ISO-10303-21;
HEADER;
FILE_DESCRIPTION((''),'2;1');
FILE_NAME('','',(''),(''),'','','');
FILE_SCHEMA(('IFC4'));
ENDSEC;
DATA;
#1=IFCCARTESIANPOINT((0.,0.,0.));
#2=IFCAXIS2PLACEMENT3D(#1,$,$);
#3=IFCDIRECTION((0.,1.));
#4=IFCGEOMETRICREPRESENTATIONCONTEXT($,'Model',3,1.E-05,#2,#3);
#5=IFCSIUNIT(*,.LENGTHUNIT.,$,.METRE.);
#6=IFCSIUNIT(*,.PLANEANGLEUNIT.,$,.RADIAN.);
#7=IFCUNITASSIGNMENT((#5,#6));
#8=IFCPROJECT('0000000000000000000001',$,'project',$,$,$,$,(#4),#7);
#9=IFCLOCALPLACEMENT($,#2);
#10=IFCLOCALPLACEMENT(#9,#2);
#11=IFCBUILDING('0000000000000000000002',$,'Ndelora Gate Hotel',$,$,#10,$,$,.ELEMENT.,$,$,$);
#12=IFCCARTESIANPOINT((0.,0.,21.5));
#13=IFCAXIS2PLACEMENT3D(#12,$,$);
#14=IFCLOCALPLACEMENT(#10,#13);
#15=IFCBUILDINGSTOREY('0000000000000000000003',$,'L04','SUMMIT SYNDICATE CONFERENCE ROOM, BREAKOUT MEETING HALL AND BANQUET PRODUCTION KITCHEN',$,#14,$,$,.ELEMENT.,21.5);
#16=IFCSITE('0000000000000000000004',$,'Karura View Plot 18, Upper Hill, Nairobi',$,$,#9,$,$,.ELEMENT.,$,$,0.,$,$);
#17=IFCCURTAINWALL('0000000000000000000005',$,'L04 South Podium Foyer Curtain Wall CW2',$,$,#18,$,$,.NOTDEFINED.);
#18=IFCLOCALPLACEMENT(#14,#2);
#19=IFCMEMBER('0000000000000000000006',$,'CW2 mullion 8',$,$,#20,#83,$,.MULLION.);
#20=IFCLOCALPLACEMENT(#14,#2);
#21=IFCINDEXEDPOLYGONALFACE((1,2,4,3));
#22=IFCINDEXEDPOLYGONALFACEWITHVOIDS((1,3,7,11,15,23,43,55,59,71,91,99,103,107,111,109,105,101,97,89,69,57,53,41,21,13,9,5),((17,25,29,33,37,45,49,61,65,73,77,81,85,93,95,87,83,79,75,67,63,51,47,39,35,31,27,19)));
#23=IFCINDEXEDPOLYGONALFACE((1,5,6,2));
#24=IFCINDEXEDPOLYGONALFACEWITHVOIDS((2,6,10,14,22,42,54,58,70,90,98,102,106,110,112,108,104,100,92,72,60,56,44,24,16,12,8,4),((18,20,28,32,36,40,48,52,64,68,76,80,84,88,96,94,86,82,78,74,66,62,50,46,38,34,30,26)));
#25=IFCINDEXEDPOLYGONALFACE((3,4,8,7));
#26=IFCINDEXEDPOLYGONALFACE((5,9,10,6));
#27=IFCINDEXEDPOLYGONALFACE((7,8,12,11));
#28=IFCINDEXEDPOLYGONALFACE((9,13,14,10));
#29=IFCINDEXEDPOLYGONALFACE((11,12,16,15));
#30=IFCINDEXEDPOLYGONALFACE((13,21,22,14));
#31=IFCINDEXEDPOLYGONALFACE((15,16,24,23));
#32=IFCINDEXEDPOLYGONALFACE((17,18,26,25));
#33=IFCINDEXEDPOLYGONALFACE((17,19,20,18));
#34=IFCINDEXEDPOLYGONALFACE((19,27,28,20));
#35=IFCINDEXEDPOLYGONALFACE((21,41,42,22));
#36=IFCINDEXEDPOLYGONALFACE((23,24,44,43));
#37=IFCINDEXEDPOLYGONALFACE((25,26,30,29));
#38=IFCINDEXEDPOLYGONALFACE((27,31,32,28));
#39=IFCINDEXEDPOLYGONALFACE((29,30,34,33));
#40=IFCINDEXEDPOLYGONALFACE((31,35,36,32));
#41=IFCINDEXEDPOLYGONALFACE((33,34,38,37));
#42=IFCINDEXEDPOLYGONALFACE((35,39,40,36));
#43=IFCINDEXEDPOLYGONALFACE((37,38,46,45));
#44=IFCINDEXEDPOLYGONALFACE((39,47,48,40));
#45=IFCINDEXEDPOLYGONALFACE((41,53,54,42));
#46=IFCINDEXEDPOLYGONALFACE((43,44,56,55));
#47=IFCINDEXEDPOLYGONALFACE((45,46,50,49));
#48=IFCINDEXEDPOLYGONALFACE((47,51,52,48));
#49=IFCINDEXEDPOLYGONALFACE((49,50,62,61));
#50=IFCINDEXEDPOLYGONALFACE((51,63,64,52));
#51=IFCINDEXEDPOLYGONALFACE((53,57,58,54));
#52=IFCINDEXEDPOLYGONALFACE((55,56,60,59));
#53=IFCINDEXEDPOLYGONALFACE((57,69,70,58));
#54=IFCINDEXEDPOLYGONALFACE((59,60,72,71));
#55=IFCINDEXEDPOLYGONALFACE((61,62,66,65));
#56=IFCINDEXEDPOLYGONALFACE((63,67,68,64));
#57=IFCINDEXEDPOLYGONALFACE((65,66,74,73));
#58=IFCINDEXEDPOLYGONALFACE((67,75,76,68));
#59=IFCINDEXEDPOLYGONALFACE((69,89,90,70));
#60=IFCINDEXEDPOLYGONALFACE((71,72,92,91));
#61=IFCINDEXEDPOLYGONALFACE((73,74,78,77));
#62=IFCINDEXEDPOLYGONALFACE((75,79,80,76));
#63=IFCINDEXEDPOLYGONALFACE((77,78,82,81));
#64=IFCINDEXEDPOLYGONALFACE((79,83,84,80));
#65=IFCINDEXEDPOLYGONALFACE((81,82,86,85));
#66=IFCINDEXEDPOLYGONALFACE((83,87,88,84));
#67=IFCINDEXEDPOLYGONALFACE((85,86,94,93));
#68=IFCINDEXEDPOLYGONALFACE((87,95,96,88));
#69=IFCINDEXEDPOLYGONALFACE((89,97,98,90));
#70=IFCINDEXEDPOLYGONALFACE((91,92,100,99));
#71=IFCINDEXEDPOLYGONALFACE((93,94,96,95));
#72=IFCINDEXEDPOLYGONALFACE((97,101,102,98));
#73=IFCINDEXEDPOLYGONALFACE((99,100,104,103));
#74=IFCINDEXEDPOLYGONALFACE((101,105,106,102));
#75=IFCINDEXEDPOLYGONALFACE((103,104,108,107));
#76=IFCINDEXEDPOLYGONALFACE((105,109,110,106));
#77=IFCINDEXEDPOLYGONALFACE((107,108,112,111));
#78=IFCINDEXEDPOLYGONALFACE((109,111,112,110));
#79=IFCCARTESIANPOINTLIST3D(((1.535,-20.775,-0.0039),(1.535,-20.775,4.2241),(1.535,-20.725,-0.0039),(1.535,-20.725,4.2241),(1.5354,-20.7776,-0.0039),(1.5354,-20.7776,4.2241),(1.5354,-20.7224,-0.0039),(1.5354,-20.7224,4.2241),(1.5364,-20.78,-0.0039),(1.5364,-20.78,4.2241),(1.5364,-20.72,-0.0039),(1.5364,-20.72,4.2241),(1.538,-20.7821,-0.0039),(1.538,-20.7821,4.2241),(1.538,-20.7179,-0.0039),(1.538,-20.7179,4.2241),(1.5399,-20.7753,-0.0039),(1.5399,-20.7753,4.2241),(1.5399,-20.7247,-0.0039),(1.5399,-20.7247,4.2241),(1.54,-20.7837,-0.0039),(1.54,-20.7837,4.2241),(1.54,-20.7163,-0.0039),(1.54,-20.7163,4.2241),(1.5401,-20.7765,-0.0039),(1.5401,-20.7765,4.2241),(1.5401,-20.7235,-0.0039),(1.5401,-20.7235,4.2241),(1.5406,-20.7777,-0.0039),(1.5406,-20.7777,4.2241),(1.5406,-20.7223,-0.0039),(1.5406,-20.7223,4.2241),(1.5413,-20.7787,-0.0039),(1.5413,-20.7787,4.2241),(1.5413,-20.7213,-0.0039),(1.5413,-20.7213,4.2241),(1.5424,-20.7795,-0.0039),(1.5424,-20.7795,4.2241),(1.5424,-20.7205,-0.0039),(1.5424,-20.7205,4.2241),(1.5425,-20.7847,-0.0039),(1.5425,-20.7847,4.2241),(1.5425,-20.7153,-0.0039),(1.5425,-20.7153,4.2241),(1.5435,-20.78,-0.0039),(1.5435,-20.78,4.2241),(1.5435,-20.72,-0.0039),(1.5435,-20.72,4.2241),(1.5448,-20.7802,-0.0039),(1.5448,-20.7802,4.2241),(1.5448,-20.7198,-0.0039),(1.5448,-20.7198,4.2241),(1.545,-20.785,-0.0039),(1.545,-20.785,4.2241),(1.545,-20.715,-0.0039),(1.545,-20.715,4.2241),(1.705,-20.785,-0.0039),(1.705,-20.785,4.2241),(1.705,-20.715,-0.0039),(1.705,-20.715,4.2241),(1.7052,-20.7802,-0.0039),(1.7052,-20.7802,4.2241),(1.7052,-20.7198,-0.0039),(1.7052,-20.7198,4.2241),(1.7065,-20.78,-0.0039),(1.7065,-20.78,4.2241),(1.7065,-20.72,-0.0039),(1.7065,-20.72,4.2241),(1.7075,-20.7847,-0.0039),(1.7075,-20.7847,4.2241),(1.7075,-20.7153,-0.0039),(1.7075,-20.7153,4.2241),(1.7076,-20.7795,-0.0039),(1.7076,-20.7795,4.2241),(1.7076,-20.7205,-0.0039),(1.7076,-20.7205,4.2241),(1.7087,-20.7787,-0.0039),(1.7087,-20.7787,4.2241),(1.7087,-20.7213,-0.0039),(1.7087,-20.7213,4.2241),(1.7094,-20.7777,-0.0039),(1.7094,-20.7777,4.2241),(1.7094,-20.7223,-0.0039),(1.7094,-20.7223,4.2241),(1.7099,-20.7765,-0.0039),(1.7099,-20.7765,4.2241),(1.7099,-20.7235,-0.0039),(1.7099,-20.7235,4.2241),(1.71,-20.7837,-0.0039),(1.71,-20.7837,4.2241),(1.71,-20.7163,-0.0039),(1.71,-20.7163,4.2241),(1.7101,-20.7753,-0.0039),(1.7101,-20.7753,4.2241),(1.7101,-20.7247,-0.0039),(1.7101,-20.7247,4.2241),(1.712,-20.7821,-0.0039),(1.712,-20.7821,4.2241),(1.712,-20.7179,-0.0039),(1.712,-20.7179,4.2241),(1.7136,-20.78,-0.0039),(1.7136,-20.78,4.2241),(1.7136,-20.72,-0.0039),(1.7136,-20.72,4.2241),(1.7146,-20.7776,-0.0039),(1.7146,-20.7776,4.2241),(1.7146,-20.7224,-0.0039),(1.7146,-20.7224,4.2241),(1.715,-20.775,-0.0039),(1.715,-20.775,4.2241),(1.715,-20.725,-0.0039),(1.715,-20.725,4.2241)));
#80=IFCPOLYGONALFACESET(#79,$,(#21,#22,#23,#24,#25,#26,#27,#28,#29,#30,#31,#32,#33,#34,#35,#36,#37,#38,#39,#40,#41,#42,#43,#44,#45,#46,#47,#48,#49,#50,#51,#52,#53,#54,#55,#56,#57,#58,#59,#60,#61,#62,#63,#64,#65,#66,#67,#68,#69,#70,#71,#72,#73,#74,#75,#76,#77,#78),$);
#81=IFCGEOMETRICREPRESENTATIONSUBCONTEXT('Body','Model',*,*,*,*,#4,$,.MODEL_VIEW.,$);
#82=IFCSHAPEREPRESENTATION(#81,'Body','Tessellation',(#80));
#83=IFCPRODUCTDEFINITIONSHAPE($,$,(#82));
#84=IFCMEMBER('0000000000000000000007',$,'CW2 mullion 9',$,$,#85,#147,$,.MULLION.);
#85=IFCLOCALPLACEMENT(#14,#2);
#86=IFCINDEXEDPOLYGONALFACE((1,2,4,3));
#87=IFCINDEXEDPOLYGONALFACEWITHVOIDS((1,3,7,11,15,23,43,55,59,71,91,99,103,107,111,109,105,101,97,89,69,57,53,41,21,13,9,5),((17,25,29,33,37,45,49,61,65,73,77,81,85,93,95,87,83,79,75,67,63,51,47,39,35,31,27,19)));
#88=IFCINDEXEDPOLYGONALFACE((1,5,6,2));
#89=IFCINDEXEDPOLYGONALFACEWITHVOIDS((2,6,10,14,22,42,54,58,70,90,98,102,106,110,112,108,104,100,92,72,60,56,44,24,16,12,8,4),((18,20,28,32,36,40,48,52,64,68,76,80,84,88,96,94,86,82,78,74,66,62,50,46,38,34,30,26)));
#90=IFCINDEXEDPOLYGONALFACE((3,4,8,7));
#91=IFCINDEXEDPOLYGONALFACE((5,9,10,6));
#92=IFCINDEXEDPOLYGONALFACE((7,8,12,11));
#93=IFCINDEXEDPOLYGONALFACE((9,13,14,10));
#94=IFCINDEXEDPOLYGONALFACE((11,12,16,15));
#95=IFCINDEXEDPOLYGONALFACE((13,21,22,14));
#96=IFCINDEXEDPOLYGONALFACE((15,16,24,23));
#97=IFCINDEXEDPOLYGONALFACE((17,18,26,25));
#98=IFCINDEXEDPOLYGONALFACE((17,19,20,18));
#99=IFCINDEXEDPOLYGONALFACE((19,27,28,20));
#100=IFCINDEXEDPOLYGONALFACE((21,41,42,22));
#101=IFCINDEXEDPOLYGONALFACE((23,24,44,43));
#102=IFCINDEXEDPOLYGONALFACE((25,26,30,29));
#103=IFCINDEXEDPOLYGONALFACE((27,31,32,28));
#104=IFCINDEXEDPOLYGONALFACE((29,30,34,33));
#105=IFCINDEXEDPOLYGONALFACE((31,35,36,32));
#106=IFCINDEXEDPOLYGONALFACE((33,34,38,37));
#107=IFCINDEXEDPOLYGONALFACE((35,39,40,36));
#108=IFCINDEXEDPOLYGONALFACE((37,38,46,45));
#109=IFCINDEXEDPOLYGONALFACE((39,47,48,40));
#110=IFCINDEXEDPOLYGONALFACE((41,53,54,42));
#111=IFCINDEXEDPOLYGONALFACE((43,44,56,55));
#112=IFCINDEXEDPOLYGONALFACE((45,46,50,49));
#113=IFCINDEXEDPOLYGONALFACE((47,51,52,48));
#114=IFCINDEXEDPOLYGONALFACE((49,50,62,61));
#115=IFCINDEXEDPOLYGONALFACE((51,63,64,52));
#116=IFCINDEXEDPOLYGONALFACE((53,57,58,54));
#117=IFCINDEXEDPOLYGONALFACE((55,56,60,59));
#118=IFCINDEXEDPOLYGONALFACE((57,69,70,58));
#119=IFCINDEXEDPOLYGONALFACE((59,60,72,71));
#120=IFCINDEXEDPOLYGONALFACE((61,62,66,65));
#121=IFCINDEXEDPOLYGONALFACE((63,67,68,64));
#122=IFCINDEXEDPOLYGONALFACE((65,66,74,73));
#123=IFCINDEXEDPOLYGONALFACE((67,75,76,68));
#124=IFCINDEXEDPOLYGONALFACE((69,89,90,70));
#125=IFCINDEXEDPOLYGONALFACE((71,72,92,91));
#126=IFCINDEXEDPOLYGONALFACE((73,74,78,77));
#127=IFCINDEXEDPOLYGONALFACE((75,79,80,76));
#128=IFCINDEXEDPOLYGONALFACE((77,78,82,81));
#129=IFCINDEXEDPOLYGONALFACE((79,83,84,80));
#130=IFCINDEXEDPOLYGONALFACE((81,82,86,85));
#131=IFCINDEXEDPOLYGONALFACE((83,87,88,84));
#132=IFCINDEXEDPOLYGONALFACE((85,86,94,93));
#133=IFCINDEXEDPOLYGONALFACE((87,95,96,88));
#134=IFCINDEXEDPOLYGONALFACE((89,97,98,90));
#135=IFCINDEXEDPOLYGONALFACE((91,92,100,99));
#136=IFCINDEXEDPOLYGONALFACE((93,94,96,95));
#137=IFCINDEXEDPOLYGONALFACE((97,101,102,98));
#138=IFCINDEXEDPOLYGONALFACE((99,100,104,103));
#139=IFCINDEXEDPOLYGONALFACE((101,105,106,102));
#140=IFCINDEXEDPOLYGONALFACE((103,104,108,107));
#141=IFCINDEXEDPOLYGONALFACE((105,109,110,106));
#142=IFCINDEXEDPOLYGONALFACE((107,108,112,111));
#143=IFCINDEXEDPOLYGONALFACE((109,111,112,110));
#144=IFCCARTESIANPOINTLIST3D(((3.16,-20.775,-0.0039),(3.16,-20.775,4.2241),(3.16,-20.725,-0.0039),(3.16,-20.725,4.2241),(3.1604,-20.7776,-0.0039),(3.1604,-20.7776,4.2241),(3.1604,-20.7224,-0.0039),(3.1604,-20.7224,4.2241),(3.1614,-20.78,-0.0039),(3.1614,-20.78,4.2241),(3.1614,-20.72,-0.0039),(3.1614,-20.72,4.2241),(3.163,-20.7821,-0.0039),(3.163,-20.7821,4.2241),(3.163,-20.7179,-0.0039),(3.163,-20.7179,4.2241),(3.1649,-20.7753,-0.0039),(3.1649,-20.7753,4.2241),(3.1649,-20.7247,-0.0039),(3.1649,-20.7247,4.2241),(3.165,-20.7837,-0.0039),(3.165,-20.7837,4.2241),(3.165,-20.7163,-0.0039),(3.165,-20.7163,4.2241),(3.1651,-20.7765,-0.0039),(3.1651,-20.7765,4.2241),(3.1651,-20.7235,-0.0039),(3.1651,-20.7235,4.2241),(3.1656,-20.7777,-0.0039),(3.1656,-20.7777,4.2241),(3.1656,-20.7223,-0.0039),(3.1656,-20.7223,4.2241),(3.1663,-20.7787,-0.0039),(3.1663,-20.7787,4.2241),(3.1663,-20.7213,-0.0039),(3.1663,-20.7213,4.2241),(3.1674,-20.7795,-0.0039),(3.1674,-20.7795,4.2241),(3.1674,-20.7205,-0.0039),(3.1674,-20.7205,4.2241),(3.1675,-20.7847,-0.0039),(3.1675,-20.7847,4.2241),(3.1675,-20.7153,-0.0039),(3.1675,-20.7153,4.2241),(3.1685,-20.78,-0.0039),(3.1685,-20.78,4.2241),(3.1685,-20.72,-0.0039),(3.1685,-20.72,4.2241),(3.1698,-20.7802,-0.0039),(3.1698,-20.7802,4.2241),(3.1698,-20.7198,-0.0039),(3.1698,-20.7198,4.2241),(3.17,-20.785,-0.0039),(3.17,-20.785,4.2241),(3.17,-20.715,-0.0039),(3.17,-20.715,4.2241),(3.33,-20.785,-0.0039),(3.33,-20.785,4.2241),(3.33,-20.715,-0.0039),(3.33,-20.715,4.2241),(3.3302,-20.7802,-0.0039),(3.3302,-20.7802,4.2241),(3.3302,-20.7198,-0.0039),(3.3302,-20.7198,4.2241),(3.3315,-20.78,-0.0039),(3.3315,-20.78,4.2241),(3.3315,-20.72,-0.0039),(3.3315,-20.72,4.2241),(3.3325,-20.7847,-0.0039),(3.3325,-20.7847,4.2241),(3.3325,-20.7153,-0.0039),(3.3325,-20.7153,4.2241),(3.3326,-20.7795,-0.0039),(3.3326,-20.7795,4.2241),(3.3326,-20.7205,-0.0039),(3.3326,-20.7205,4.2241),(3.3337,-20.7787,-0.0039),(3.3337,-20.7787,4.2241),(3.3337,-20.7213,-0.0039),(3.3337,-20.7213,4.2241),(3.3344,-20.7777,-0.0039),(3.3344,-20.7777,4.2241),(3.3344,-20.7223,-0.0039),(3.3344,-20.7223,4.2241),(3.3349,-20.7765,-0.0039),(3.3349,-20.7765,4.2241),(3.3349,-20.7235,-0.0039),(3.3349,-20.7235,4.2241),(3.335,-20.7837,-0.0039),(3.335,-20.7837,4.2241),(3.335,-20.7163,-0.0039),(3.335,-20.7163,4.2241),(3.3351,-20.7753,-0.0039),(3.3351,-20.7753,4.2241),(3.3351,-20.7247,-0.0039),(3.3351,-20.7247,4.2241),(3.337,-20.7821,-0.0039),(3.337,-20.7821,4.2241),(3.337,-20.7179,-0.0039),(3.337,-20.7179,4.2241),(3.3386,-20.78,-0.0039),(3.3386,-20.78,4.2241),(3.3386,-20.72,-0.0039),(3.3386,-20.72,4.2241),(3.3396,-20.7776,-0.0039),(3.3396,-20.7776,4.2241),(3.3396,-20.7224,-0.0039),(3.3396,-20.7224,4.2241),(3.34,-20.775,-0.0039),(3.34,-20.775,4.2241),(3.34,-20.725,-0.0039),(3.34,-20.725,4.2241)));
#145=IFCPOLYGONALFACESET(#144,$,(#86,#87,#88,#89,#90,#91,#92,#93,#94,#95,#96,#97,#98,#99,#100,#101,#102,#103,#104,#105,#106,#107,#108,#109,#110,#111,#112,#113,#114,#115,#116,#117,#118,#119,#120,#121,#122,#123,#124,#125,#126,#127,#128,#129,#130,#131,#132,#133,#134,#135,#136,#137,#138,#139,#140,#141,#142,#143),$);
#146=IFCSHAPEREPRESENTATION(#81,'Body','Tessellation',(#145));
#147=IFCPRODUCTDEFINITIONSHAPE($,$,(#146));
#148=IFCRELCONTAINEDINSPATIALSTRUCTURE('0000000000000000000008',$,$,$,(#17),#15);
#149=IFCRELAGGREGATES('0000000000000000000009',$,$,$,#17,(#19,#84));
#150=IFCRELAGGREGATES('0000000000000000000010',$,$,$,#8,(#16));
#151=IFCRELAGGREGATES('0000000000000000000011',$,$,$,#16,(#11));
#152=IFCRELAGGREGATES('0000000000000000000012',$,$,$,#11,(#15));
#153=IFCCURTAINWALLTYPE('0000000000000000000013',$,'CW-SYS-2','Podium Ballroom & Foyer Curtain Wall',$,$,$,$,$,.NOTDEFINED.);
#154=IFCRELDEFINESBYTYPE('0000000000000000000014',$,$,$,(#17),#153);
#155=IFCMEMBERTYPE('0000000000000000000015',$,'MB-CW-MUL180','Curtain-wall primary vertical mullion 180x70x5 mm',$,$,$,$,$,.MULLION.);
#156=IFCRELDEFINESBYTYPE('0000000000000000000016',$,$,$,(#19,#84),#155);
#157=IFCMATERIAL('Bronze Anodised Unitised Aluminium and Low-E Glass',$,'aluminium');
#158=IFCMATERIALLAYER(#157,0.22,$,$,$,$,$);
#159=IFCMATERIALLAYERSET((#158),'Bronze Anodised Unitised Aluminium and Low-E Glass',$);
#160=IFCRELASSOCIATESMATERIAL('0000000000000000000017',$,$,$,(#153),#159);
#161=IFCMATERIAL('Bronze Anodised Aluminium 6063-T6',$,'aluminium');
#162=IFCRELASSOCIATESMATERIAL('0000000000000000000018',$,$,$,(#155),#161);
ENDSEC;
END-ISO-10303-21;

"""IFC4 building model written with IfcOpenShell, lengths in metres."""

from ifc_helpers import new_model, si_unit, direction, frame, origin, origin_2d, place, context, subcontext, project, spatial, hollow_rectangle, extrude, material, layer, layer_set, material_profile, profile_set, type_object, element, aggregate, save


model = new_model("IFC4")

# Units and contexts
model_context = context("Model", 3, precision=1e-05, world=origin(), true_north=direction((0.0, 1.0)))
body_context = subcontext(model_context, "Body", "Model", "MODEL_VIEW")
ifc_project = project(units=[si_unit("LENGTHUNIT", "METRE"), si_unit("PLANEANGLEUNIT", "RADIAN")], contexts=[model_context])

# Site, building, storey
site_placement = place(None, origin())
site = spatial("IfcSite", under=ifc_project, at=site_placement, Name="Karura View Plot 18, Upper Hill, Nairobi", CompositionType="ELEMENT", RefElevation=0.0)
building_placement = place(site_placement, origin())
building = spatial("IfcBuilding", under=site, at=building_placement, Name="Ndelora Gate Hotel", CompositionType="ELEMENT")
storey_placement = place(building_placement, frame((0.0, 0.0, 21.5)))
storey = spatial("IfcBuildingStorey", under=building, at=storey_placement, Name="L04", Description="SUMMIT SYNDICATE CONFERENCE ROOM, BREAKOUT MEETING HALL AND BANQUET PRODUCTION KITCHEN", CompositionType="ELEMENT", Elevation=21.5)

# Curtain wall, members
ifc_material_1 = material(Name="Bronze Anodised Unitised Aluminium and Low-E Glass", Category="aluminium")
ifc_layer_1 = layer(ifc_material_1, 0.22)
ifc_layer_set_1 = layer_set([ifc_layer_1], Name="Bronze Anodised Unitised Aluminium and Low-E Glass")
curtain_wall_type = type_object("IfcCurtainWallType", Name="CW-SYS-2", Description="Podium Ballroom & Foyer Curtain Wall", PredefinedType="NOTDEFINED", material=ifc_layer_set_1)
curtain_wall_placement = place(storey_placement, origin())
curtain_wall = element("IfcCurtainWall", 1, at=curtain_wall_placement, inside=storey, type_object=curtain_wall_type, Name="L04 South Podium Foyer Curtain Wall CW2", PredefinedType="NOTDEFINED")
ifc_material_2 = material(Name="Bronze Anodised Aluminium 6063-T6", Category="aluminium")
ifc_material_profile_1 = material_profile(ifc_material_2, hollow_rectangle(XDim=0.0701, YDim=0.1799, WallThickness=0.0049, InnerFilletRadius=0.0049, OuterFilletRadius=0.01, at=origin_2d()), Name="ALU 180x70x5")
ifc_profile_set_1 = profile_set([ifc_material_profile_1], Name="Bronze Anodised Aluminium 6063-T6")
member_type_1 = type_object("IfcMemberType", Name="MB-CW-MUL180", Description="Curtain-wall primary vertical mullion 180x70x5 mm", PredefinedType="MULLION", material=ifc_profile_set_1)
member_1_placement = place(storey_placement, frame((1.625, -20.75, -0.0039), z_axis=(0.0, 0.0, 1.0), x_axis=(0.0, 1.0, 0.0)))
member_1 = element("IfcMember", 2, at=member_1_placement, type_object=member_type_1, Name="CW2 mullion 8", PredefinedType="MULLION", context=body_context, shape_type="SweptSolid", body=[
    extrude(hollow_rectangle(XDim=0.0701, YDim=0.1799, WallThickness=0.0049, InnerFilletRadius=0.0049, OuterFilletRadius=0.01, at=origin_2d()), origin(), (0.0, 0.0, 1.0), 4.228),
])
member_2_placement = place(storey_placement, frame((3.25, -20.75, -0.0039), z_axis=(0.0, 0.0, 1.0), x_axis=(0.0, 1.0, 0.0)))
member_2 = element("IfcMember", 3, at=member_2_placement, type_object=member_type_1, Name="CW2 mullion 9", PredefinedType="MULLION", context=body_context, shape_type="SweptSolid", body=[
    extrude(hollow_rectangle(XDim=0.0701, YDim=0.1799, WallThickness=0.0049, InnerFilletRadius=0.0049, OuterFilletRadius=0.01, at=origin_2d()), origin(), (0.0, 0.0, 1.0), 4.228),
])
aggregate(curtain_wall, [member_1, member_2])

save(model, "model.ifc")
